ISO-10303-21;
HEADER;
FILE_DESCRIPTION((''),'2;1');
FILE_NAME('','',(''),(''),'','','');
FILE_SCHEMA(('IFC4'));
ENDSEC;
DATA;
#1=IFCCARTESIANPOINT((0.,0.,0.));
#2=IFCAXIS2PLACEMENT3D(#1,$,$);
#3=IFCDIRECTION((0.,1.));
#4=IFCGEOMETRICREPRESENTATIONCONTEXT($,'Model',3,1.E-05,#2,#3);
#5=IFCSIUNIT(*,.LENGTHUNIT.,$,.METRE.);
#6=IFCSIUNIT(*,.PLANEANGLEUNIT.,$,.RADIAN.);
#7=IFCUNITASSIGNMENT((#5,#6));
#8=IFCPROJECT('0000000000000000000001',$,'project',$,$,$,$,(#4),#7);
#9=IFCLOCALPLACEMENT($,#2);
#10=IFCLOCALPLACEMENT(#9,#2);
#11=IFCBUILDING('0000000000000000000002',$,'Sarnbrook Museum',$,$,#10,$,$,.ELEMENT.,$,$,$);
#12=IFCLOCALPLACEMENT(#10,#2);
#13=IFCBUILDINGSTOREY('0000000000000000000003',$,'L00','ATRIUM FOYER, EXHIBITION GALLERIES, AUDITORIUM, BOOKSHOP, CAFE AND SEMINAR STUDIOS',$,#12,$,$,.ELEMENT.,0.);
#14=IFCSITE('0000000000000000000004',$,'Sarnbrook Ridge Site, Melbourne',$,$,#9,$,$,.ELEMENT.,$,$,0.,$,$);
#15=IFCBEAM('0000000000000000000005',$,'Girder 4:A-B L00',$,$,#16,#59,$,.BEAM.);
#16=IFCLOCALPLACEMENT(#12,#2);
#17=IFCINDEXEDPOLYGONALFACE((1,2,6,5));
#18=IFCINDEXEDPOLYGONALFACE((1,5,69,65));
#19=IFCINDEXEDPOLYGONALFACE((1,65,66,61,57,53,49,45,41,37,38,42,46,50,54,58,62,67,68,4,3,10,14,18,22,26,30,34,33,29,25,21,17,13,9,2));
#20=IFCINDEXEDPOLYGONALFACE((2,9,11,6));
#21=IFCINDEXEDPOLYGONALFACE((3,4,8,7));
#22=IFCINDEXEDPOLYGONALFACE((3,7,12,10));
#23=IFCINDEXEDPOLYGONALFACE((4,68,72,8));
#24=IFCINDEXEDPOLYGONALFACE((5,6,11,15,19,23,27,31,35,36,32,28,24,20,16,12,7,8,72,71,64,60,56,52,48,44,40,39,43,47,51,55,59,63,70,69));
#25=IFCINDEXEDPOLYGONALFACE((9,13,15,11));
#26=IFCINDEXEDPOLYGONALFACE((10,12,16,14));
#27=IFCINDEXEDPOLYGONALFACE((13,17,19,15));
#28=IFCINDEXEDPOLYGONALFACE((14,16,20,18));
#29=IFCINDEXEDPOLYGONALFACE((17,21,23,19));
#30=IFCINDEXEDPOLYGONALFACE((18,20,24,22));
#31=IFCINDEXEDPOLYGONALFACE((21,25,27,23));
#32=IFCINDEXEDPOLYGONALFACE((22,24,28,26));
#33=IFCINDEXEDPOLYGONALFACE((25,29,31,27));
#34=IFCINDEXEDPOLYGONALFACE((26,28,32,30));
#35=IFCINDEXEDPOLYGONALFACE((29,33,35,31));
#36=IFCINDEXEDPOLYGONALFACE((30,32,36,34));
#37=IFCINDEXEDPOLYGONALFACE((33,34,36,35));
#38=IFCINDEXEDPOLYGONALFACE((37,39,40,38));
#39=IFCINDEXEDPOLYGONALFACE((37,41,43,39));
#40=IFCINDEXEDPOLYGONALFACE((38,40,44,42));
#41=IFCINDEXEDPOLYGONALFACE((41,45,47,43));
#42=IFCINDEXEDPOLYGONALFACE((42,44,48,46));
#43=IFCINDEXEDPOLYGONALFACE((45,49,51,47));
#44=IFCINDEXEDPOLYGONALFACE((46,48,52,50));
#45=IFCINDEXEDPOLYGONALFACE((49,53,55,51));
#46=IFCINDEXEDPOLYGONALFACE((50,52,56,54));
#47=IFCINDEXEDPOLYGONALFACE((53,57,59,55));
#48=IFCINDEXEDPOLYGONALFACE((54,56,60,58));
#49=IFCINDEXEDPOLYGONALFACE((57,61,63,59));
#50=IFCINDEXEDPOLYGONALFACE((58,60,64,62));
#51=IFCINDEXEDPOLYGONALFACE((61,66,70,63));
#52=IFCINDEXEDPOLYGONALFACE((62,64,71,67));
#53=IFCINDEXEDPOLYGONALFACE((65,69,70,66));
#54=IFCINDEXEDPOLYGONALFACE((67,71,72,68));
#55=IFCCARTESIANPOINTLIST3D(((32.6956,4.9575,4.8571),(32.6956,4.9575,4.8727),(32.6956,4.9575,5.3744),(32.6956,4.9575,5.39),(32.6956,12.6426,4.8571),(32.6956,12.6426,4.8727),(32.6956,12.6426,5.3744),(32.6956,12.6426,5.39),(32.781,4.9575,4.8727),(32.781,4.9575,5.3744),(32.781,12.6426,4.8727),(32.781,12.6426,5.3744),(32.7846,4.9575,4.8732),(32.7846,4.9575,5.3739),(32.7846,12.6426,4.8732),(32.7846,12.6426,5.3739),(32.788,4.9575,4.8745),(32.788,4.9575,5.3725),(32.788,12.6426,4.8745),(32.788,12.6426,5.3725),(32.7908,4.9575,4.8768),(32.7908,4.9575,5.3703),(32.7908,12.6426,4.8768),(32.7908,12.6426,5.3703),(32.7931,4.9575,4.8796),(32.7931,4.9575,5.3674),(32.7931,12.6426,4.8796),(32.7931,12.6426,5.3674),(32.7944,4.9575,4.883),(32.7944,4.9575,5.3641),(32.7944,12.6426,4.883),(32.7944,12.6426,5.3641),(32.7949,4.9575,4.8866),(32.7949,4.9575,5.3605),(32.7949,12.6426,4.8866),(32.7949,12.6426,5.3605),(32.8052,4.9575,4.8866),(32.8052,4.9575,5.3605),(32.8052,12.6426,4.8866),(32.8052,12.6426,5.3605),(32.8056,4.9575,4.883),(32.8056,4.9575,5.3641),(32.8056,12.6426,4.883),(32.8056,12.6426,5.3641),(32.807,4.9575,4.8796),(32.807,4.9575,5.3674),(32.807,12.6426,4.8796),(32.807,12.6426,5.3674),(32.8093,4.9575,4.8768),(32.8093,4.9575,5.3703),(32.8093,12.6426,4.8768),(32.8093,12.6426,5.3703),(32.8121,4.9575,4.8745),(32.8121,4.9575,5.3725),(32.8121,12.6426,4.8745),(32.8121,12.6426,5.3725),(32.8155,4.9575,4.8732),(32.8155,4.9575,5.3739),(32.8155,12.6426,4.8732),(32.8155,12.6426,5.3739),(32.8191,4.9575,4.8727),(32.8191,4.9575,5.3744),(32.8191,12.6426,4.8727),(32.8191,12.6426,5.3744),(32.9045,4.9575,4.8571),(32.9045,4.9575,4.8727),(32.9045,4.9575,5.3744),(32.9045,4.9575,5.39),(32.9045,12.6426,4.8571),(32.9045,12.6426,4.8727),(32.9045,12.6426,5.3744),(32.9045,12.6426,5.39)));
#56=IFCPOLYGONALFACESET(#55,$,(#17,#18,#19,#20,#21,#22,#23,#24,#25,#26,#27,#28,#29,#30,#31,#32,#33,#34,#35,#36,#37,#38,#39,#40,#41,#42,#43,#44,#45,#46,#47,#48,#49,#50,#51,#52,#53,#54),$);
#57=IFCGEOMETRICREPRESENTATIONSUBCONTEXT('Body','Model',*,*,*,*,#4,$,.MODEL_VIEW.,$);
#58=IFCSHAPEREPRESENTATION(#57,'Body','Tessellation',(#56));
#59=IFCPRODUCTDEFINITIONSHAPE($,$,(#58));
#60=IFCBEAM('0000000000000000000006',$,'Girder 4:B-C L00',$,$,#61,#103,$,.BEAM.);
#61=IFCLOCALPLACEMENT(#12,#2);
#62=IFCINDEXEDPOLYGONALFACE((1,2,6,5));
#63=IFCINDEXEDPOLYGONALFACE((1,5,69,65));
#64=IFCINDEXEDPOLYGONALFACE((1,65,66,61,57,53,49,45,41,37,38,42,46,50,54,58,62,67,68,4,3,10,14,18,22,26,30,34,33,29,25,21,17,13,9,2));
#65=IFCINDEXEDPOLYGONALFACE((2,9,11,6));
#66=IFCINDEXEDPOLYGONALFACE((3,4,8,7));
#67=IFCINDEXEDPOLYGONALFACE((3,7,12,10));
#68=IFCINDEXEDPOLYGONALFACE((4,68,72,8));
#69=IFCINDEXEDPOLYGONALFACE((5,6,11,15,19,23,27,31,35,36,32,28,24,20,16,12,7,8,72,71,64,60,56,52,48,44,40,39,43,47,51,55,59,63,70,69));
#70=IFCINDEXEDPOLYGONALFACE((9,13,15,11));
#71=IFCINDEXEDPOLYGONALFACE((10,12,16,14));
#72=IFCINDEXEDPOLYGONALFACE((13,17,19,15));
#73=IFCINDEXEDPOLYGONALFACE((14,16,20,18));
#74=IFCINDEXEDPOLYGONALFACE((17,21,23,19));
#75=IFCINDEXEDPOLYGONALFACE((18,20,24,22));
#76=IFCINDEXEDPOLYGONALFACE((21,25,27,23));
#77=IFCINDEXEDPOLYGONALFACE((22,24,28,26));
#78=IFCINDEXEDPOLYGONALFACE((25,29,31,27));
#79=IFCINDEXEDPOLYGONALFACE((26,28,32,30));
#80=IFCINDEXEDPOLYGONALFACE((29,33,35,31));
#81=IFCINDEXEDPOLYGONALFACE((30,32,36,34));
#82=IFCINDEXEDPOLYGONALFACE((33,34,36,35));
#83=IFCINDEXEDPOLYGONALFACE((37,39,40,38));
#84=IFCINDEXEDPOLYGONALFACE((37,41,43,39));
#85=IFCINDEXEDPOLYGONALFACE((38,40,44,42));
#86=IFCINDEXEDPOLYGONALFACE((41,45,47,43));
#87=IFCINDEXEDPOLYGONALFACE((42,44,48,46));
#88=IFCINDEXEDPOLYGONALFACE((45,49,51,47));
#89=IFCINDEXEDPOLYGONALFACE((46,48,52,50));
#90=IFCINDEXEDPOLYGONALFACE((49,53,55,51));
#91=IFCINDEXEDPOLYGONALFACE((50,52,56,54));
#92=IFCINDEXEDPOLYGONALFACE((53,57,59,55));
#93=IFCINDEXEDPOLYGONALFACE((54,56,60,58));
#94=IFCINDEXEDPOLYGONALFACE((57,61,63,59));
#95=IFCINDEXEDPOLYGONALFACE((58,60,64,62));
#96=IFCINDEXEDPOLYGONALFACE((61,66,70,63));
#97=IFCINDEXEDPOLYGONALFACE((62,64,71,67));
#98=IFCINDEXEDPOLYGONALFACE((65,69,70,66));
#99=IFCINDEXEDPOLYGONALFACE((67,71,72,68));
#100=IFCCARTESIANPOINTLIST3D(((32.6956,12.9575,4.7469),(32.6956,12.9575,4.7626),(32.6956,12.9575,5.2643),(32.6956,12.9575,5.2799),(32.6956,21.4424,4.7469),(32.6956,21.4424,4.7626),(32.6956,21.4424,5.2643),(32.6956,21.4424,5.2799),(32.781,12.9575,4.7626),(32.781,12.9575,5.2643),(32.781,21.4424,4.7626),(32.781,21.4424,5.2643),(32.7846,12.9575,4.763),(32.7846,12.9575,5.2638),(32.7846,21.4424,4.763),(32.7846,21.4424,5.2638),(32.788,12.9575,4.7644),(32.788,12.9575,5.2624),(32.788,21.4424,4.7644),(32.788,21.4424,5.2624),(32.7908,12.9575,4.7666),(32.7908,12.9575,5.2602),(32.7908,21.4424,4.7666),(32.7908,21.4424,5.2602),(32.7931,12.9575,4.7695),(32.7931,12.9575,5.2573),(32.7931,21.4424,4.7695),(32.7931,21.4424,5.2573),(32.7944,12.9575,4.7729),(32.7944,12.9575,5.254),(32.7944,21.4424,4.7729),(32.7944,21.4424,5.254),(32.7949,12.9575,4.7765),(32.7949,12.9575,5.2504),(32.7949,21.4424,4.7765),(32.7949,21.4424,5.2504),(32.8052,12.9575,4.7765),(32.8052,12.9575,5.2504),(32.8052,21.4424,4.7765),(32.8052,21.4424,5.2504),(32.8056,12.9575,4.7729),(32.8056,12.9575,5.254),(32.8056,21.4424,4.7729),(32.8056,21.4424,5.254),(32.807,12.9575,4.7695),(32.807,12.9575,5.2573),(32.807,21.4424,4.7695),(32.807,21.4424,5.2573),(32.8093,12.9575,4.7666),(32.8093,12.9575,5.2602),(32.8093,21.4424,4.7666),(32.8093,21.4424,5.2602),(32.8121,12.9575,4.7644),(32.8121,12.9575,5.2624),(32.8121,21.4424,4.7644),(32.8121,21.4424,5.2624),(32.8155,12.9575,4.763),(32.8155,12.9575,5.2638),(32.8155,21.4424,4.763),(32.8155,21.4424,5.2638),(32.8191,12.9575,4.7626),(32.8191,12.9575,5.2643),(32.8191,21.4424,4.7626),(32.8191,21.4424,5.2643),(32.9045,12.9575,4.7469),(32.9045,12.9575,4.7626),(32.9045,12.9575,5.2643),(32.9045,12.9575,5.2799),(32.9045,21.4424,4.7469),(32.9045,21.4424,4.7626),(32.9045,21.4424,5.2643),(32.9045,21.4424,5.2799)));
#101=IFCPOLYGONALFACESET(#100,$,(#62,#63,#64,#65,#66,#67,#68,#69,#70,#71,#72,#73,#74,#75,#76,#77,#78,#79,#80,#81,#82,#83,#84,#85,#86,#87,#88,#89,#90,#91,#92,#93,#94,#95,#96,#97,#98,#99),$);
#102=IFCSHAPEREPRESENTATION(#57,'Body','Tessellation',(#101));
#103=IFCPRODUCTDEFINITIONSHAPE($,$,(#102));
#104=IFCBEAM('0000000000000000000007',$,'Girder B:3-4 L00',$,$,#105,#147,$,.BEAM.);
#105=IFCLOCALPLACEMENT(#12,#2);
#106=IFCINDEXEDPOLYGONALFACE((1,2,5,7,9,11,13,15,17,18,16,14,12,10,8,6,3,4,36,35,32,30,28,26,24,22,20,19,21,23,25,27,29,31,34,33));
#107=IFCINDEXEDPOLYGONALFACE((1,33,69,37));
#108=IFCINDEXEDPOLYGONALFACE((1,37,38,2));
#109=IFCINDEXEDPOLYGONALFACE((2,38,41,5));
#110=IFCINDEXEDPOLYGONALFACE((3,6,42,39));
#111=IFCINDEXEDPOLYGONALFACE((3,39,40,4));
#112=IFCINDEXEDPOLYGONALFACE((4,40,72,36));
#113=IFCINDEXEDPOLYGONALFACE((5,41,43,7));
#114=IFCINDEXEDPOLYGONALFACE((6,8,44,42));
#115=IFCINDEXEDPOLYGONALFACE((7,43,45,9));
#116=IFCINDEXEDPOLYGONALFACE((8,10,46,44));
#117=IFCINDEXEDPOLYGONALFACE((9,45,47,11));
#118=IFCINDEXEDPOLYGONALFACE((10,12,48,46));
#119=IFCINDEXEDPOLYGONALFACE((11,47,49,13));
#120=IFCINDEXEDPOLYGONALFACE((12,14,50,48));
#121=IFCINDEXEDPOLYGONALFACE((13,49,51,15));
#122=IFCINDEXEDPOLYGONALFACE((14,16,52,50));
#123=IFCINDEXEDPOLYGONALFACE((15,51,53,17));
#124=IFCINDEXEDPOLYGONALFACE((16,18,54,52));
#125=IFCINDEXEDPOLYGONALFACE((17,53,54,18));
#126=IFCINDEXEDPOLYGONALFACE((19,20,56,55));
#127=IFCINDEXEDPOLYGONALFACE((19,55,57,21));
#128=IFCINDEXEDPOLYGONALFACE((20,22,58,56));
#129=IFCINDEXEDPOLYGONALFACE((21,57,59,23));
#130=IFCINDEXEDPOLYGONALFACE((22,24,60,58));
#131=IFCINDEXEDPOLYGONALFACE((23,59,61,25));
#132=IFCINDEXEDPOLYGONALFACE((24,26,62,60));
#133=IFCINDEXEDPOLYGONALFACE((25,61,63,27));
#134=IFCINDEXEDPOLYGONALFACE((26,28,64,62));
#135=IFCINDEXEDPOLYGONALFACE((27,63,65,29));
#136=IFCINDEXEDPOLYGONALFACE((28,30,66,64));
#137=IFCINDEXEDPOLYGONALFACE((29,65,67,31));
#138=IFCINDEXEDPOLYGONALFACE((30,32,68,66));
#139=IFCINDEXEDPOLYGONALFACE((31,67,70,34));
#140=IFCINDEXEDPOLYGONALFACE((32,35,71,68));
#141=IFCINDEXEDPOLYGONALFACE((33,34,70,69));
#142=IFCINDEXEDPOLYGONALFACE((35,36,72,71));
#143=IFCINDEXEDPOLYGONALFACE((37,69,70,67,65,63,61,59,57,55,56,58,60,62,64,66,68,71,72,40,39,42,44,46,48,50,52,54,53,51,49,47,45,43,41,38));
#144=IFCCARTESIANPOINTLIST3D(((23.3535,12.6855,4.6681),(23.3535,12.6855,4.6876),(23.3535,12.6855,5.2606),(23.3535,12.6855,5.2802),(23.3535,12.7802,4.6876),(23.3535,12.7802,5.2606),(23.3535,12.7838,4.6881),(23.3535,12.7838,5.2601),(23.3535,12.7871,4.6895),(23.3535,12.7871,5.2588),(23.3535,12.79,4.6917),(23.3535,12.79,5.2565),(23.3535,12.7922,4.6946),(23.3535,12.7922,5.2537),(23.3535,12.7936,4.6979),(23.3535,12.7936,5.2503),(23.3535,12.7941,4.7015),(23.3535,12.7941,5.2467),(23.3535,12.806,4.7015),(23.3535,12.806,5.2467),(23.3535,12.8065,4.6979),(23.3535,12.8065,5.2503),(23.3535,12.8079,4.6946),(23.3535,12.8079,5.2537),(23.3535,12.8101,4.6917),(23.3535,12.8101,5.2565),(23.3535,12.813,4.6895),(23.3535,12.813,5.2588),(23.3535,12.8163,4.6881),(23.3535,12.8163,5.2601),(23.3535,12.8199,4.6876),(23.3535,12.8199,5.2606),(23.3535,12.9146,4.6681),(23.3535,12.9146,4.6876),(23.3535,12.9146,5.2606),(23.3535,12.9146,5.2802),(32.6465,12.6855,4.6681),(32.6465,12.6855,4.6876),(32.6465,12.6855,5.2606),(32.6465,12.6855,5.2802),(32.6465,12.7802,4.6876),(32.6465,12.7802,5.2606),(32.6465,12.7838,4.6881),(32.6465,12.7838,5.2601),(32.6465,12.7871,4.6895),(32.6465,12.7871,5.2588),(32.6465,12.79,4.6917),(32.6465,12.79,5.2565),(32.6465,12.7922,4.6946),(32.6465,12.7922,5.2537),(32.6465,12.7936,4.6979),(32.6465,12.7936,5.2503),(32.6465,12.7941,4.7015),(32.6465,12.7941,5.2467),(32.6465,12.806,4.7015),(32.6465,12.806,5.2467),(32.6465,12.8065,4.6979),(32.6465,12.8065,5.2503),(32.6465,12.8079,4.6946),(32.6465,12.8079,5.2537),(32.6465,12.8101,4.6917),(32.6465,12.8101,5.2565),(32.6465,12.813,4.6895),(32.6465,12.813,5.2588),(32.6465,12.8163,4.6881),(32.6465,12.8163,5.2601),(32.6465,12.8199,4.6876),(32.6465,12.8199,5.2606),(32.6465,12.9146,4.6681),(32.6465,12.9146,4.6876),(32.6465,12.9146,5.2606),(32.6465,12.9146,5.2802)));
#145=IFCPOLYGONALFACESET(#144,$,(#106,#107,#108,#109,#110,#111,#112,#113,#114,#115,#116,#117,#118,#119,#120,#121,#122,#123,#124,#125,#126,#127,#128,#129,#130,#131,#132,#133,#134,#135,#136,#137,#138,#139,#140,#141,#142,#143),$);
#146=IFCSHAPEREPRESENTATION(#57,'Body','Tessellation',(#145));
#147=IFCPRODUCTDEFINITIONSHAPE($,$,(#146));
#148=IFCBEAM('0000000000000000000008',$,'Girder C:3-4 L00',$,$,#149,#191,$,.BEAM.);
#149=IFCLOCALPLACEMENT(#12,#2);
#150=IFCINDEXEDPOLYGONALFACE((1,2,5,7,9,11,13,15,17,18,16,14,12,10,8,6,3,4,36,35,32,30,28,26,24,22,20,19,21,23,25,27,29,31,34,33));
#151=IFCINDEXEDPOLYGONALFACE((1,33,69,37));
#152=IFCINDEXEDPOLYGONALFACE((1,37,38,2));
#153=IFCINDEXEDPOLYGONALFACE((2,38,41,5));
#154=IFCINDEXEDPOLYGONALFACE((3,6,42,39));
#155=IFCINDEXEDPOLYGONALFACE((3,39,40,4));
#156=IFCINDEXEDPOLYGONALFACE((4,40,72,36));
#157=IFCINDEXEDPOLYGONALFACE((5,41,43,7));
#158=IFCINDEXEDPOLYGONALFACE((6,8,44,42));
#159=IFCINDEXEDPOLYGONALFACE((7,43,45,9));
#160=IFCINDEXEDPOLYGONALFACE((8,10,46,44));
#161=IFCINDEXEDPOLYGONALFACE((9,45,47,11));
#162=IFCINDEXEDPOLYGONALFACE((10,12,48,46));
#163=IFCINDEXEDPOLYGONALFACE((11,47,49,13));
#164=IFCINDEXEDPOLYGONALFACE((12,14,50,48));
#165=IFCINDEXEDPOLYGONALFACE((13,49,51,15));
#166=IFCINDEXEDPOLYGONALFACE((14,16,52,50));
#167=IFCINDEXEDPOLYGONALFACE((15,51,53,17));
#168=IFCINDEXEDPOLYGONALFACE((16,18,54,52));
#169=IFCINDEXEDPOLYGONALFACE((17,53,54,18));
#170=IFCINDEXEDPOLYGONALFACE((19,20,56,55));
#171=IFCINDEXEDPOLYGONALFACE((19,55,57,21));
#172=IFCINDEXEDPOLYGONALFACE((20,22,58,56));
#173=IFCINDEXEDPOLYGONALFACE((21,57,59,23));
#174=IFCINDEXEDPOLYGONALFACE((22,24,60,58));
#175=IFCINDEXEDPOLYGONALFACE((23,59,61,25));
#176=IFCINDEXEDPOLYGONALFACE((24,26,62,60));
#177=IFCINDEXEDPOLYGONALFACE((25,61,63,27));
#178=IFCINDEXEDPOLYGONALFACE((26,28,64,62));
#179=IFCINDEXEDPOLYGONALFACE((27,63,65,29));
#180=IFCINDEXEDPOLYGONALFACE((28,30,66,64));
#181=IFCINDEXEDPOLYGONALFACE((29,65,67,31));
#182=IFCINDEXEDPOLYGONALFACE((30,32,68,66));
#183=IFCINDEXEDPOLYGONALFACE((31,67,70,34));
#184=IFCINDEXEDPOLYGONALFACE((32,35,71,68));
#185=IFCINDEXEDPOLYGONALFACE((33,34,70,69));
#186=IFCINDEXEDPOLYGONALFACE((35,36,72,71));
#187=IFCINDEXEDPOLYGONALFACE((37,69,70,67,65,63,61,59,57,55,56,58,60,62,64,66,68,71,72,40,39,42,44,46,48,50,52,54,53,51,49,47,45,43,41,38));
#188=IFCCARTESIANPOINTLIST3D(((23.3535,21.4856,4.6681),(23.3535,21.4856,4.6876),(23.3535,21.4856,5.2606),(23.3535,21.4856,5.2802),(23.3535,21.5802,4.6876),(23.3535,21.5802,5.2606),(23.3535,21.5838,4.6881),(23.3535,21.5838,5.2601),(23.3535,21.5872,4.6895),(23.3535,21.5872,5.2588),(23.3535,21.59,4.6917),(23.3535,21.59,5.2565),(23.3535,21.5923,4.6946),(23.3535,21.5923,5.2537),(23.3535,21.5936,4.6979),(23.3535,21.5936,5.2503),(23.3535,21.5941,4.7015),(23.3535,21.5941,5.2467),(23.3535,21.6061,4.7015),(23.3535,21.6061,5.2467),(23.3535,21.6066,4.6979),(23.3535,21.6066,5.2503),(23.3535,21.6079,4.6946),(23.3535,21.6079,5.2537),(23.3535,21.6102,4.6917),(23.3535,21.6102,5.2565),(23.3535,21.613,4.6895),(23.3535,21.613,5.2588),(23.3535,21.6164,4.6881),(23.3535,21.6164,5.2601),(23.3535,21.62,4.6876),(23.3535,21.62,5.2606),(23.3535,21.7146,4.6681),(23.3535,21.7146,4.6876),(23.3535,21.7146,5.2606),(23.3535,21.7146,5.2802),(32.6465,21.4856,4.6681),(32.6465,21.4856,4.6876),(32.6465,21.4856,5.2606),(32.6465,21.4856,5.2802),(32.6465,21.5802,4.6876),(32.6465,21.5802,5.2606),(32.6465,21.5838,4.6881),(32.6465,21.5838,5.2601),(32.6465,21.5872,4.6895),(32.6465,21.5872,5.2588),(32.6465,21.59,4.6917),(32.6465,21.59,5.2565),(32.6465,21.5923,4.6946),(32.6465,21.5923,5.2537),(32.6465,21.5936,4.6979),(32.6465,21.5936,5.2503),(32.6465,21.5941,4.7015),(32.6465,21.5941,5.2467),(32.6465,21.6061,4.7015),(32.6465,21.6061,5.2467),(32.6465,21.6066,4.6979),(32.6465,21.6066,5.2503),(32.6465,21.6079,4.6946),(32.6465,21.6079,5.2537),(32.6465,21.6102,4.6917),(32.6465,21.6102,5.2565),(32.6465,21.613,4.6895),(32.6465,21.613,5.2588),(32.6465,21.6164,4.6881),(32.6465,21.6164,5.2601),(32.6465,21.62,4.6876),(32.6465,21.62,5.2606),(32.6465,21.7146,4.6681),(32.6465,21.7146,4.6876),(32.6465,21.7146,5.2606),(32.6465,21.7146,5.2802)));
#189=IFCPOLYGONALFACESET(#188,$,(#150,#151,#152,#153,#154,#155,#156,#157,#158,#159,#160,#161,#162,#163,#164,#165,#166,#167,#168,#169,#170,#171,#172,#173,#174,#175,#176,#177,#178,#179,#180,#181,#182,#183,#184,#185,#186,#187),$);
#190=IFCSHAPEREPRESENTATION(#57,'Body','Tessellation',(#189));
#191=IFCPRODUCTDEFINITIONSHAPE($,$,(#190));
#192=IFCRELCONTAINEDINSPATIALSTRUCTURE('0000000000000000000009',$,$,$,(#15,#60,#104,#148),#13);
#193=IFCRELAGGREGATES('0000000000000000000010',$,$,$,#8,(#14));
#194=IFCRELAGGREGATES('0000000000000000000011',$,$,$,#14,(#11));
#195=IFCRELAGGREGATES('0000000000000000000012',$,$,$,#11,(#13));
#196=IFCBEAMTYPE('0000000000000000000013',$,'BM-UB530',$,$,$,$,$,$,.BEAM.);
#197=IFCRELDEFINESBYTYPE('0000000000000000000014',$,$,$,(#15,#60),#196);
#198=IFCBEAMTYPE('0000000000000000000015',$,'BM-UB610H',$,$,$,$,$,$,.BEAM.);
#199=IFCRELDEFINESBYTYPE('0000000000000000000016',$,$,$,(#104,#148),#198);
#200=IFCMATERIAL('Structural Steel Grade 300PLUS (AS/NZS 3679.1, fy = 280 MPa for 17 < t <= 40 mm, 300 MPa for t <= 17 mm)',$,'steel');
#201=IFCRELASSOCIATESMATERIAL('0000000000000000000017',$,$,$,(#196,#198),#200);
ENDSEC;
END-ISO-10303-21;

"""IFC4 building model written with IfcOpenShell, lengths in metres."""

from ifc_helpers import new_model, si_unit, direction, frame, origin, origin_2d, place, context, subcontext, project, spatial, i_section, extrude, material, material_profile, profile_set, type_object, element, save


model = new_model("IFC4")

# Units and contexts
model_context = context("Model", 3, precision=1e-05, world=origin(), true_north=direction((0.0, 1.0)))
body_context = subcontext(model_context, "Body", "Model", "MODEL_VIEW")
ifc_project = project(units=[si_unit("LENGTHUNIT", "METRE"), si_unit("PLANEANGLEUNIT", "RADIAN")], contexts=[model_context])

# Site, building, storey
site_placement = place(None, origin())
site = spatial("IfcSite", under=ifc_project, at=site_placement, Name="Sarnbrook Ridge Site, Melbourne", CompositionType="ELEMENT", RefElevation=0.0)
building_placement = place(site_placement, origin())
building = spatial("IfcBuilding", under=site, at=building_placement, Name="Sarnbrook Museum", CompositionType="ELEMENT")
storey_placement = place(building_placement, origin())
storey = spatial("IfcBuildingStorey", under=building, at=storey_placement, Name="L00", Description="ATRIUM FOYER, EXHIBITION GALLERIES, AUDITORIUM, BOOKSHOP, CAFE AND SEMINAR STUDIOS", CompositionType="ELEMENT", Elevation=0.0)

# Shared definitions
ifc_material_1 = material(Name="Structural Steel Grade 300PLUS (AS/NZS 3679.1, fy = 280 MPa for 17 < t <= 40 mm, 300 MPa for t <= 17 mm)", Category="steel")

# Beams
ifc_material_profile_1 = material_profile(ifc_material_1, i_section(OverallWidth=0.209, OverallDepth=0.533, WebThickness=0.0103, FlangeThickness=0.0156, FilletRadius=0.0139, at=origin_2d()), Name="530UB92.4")
ifc_profile_set_1 = profile_set([ifc_material_profile_1], Name="Structural Steel Grade 300PLUS (AS/NZS 3679.1, fy = 280 MPa for 17 < t <= 40 mm, 300 MPa for t <= 17 mm)")
beam_type_1 = type_object("IfcBeamType", Name="BM-UB530", PredefinedType="BEAM", material=ifc_profile_set_1)
beam_1_placement = place(storey_placement, frame((32.8, 4.9575, 5.1235), z_axis=(0.0, 1.0, 0.0), x_axis=(-1.0, 0.0, 0.0)))
element("IfcBeam", 1, at=beam_1_placement, inside=storey, type_object=beam_type_1, Name="Girder 4:A-B L00", PredefinedType="BEAM", context=body_context, shape_type="SweptSolid", body=[
    extrude(i_section(OverallWidth=0.209, OverallDepth=0.533, WebThickness=0.0103, FlangeThickness=0.0156, FilletRadius=0.0139, at=origin_2d()), origin(), (0.0, 0.0, 1.0), 7.6851),
])
beam_2_placement = place(storey_placement, frame((32.8, 12.9575, 5.0134), z_axis=(0.0, 1.0, 0.0), x_axis=(-1.0, 0.0, 0.0)))
element("IfcBeam", 2, at=beam_2_placement, inside=storey, type_object=beam_type_1, Name="Girder 4:B-C L00", PredefinedType="BEAM", context=body_context, shape_type="SweptSolid", body=[
    extrude(i_section(OverallWidth=0.209, OverallDepth=0.533, WebThickness=0.0103, FlangeThickness=0.0156, FilletRadius=0.0139, at=origin_2d()), origin(), (0.0, 0.0, 1.0), 8.4849),
])
ifc_material_profile_2 = material_profile(ifc_material_1, i_section(OverallWidth=0.229, OverallDepth=0.6121, WebThickness=0.012, FlangeThickness=0.0195, FilletRadius=0.0139, at=origin_2d()), Name="610UB125")
ifc_profile_set_2 = profile_set([ifc_material_profile_2], Name="Structural Steel Grade 300PLUS (AS/NZS 3679.1, fy = 280 MPa for 17 < t <= 40 mm, 300 MPa for t <= 17 mm)")
beam_type_2 = type_object("IfcBeamType", Name="BM-UB610H", PredefinedType="BEAM", material=ifc_profile_set_2)
for number, where, z_axis, x_axis, name in (
    (3, (23.3535, 12.8, 4.9741), (1.0, 0.0, 0.0), (0.0, 1.0, 0.0), "Girder B:3-4 L00"),
    (4, (23.3535, 21.6001, 4.9741), (1.0, 0.0, 0.0), (0.0, 1.0, 0.0), "Girder C:3-4 L00"),
):
    element("IfcBeam", number, at=place(storey_placement, frame(where, z_axis=z_axis, x_axis=x_axis)), inside=storey, type_object=beam_type_2, Name=name, PredefinedType="BEAM", context=body_context, shape_type="SweptSolid", body=[
        extrude(i_section(OverallWidth=0.229, OverallDepth=0.6121, WebThickness=0.012, FlangeThickness=0.0195, FilletRadius=0.0139, at=origin_2d()), origin(), (0.0, 0.0, 1.0), 9.293),
    ])

save(model, "model.ifc")
